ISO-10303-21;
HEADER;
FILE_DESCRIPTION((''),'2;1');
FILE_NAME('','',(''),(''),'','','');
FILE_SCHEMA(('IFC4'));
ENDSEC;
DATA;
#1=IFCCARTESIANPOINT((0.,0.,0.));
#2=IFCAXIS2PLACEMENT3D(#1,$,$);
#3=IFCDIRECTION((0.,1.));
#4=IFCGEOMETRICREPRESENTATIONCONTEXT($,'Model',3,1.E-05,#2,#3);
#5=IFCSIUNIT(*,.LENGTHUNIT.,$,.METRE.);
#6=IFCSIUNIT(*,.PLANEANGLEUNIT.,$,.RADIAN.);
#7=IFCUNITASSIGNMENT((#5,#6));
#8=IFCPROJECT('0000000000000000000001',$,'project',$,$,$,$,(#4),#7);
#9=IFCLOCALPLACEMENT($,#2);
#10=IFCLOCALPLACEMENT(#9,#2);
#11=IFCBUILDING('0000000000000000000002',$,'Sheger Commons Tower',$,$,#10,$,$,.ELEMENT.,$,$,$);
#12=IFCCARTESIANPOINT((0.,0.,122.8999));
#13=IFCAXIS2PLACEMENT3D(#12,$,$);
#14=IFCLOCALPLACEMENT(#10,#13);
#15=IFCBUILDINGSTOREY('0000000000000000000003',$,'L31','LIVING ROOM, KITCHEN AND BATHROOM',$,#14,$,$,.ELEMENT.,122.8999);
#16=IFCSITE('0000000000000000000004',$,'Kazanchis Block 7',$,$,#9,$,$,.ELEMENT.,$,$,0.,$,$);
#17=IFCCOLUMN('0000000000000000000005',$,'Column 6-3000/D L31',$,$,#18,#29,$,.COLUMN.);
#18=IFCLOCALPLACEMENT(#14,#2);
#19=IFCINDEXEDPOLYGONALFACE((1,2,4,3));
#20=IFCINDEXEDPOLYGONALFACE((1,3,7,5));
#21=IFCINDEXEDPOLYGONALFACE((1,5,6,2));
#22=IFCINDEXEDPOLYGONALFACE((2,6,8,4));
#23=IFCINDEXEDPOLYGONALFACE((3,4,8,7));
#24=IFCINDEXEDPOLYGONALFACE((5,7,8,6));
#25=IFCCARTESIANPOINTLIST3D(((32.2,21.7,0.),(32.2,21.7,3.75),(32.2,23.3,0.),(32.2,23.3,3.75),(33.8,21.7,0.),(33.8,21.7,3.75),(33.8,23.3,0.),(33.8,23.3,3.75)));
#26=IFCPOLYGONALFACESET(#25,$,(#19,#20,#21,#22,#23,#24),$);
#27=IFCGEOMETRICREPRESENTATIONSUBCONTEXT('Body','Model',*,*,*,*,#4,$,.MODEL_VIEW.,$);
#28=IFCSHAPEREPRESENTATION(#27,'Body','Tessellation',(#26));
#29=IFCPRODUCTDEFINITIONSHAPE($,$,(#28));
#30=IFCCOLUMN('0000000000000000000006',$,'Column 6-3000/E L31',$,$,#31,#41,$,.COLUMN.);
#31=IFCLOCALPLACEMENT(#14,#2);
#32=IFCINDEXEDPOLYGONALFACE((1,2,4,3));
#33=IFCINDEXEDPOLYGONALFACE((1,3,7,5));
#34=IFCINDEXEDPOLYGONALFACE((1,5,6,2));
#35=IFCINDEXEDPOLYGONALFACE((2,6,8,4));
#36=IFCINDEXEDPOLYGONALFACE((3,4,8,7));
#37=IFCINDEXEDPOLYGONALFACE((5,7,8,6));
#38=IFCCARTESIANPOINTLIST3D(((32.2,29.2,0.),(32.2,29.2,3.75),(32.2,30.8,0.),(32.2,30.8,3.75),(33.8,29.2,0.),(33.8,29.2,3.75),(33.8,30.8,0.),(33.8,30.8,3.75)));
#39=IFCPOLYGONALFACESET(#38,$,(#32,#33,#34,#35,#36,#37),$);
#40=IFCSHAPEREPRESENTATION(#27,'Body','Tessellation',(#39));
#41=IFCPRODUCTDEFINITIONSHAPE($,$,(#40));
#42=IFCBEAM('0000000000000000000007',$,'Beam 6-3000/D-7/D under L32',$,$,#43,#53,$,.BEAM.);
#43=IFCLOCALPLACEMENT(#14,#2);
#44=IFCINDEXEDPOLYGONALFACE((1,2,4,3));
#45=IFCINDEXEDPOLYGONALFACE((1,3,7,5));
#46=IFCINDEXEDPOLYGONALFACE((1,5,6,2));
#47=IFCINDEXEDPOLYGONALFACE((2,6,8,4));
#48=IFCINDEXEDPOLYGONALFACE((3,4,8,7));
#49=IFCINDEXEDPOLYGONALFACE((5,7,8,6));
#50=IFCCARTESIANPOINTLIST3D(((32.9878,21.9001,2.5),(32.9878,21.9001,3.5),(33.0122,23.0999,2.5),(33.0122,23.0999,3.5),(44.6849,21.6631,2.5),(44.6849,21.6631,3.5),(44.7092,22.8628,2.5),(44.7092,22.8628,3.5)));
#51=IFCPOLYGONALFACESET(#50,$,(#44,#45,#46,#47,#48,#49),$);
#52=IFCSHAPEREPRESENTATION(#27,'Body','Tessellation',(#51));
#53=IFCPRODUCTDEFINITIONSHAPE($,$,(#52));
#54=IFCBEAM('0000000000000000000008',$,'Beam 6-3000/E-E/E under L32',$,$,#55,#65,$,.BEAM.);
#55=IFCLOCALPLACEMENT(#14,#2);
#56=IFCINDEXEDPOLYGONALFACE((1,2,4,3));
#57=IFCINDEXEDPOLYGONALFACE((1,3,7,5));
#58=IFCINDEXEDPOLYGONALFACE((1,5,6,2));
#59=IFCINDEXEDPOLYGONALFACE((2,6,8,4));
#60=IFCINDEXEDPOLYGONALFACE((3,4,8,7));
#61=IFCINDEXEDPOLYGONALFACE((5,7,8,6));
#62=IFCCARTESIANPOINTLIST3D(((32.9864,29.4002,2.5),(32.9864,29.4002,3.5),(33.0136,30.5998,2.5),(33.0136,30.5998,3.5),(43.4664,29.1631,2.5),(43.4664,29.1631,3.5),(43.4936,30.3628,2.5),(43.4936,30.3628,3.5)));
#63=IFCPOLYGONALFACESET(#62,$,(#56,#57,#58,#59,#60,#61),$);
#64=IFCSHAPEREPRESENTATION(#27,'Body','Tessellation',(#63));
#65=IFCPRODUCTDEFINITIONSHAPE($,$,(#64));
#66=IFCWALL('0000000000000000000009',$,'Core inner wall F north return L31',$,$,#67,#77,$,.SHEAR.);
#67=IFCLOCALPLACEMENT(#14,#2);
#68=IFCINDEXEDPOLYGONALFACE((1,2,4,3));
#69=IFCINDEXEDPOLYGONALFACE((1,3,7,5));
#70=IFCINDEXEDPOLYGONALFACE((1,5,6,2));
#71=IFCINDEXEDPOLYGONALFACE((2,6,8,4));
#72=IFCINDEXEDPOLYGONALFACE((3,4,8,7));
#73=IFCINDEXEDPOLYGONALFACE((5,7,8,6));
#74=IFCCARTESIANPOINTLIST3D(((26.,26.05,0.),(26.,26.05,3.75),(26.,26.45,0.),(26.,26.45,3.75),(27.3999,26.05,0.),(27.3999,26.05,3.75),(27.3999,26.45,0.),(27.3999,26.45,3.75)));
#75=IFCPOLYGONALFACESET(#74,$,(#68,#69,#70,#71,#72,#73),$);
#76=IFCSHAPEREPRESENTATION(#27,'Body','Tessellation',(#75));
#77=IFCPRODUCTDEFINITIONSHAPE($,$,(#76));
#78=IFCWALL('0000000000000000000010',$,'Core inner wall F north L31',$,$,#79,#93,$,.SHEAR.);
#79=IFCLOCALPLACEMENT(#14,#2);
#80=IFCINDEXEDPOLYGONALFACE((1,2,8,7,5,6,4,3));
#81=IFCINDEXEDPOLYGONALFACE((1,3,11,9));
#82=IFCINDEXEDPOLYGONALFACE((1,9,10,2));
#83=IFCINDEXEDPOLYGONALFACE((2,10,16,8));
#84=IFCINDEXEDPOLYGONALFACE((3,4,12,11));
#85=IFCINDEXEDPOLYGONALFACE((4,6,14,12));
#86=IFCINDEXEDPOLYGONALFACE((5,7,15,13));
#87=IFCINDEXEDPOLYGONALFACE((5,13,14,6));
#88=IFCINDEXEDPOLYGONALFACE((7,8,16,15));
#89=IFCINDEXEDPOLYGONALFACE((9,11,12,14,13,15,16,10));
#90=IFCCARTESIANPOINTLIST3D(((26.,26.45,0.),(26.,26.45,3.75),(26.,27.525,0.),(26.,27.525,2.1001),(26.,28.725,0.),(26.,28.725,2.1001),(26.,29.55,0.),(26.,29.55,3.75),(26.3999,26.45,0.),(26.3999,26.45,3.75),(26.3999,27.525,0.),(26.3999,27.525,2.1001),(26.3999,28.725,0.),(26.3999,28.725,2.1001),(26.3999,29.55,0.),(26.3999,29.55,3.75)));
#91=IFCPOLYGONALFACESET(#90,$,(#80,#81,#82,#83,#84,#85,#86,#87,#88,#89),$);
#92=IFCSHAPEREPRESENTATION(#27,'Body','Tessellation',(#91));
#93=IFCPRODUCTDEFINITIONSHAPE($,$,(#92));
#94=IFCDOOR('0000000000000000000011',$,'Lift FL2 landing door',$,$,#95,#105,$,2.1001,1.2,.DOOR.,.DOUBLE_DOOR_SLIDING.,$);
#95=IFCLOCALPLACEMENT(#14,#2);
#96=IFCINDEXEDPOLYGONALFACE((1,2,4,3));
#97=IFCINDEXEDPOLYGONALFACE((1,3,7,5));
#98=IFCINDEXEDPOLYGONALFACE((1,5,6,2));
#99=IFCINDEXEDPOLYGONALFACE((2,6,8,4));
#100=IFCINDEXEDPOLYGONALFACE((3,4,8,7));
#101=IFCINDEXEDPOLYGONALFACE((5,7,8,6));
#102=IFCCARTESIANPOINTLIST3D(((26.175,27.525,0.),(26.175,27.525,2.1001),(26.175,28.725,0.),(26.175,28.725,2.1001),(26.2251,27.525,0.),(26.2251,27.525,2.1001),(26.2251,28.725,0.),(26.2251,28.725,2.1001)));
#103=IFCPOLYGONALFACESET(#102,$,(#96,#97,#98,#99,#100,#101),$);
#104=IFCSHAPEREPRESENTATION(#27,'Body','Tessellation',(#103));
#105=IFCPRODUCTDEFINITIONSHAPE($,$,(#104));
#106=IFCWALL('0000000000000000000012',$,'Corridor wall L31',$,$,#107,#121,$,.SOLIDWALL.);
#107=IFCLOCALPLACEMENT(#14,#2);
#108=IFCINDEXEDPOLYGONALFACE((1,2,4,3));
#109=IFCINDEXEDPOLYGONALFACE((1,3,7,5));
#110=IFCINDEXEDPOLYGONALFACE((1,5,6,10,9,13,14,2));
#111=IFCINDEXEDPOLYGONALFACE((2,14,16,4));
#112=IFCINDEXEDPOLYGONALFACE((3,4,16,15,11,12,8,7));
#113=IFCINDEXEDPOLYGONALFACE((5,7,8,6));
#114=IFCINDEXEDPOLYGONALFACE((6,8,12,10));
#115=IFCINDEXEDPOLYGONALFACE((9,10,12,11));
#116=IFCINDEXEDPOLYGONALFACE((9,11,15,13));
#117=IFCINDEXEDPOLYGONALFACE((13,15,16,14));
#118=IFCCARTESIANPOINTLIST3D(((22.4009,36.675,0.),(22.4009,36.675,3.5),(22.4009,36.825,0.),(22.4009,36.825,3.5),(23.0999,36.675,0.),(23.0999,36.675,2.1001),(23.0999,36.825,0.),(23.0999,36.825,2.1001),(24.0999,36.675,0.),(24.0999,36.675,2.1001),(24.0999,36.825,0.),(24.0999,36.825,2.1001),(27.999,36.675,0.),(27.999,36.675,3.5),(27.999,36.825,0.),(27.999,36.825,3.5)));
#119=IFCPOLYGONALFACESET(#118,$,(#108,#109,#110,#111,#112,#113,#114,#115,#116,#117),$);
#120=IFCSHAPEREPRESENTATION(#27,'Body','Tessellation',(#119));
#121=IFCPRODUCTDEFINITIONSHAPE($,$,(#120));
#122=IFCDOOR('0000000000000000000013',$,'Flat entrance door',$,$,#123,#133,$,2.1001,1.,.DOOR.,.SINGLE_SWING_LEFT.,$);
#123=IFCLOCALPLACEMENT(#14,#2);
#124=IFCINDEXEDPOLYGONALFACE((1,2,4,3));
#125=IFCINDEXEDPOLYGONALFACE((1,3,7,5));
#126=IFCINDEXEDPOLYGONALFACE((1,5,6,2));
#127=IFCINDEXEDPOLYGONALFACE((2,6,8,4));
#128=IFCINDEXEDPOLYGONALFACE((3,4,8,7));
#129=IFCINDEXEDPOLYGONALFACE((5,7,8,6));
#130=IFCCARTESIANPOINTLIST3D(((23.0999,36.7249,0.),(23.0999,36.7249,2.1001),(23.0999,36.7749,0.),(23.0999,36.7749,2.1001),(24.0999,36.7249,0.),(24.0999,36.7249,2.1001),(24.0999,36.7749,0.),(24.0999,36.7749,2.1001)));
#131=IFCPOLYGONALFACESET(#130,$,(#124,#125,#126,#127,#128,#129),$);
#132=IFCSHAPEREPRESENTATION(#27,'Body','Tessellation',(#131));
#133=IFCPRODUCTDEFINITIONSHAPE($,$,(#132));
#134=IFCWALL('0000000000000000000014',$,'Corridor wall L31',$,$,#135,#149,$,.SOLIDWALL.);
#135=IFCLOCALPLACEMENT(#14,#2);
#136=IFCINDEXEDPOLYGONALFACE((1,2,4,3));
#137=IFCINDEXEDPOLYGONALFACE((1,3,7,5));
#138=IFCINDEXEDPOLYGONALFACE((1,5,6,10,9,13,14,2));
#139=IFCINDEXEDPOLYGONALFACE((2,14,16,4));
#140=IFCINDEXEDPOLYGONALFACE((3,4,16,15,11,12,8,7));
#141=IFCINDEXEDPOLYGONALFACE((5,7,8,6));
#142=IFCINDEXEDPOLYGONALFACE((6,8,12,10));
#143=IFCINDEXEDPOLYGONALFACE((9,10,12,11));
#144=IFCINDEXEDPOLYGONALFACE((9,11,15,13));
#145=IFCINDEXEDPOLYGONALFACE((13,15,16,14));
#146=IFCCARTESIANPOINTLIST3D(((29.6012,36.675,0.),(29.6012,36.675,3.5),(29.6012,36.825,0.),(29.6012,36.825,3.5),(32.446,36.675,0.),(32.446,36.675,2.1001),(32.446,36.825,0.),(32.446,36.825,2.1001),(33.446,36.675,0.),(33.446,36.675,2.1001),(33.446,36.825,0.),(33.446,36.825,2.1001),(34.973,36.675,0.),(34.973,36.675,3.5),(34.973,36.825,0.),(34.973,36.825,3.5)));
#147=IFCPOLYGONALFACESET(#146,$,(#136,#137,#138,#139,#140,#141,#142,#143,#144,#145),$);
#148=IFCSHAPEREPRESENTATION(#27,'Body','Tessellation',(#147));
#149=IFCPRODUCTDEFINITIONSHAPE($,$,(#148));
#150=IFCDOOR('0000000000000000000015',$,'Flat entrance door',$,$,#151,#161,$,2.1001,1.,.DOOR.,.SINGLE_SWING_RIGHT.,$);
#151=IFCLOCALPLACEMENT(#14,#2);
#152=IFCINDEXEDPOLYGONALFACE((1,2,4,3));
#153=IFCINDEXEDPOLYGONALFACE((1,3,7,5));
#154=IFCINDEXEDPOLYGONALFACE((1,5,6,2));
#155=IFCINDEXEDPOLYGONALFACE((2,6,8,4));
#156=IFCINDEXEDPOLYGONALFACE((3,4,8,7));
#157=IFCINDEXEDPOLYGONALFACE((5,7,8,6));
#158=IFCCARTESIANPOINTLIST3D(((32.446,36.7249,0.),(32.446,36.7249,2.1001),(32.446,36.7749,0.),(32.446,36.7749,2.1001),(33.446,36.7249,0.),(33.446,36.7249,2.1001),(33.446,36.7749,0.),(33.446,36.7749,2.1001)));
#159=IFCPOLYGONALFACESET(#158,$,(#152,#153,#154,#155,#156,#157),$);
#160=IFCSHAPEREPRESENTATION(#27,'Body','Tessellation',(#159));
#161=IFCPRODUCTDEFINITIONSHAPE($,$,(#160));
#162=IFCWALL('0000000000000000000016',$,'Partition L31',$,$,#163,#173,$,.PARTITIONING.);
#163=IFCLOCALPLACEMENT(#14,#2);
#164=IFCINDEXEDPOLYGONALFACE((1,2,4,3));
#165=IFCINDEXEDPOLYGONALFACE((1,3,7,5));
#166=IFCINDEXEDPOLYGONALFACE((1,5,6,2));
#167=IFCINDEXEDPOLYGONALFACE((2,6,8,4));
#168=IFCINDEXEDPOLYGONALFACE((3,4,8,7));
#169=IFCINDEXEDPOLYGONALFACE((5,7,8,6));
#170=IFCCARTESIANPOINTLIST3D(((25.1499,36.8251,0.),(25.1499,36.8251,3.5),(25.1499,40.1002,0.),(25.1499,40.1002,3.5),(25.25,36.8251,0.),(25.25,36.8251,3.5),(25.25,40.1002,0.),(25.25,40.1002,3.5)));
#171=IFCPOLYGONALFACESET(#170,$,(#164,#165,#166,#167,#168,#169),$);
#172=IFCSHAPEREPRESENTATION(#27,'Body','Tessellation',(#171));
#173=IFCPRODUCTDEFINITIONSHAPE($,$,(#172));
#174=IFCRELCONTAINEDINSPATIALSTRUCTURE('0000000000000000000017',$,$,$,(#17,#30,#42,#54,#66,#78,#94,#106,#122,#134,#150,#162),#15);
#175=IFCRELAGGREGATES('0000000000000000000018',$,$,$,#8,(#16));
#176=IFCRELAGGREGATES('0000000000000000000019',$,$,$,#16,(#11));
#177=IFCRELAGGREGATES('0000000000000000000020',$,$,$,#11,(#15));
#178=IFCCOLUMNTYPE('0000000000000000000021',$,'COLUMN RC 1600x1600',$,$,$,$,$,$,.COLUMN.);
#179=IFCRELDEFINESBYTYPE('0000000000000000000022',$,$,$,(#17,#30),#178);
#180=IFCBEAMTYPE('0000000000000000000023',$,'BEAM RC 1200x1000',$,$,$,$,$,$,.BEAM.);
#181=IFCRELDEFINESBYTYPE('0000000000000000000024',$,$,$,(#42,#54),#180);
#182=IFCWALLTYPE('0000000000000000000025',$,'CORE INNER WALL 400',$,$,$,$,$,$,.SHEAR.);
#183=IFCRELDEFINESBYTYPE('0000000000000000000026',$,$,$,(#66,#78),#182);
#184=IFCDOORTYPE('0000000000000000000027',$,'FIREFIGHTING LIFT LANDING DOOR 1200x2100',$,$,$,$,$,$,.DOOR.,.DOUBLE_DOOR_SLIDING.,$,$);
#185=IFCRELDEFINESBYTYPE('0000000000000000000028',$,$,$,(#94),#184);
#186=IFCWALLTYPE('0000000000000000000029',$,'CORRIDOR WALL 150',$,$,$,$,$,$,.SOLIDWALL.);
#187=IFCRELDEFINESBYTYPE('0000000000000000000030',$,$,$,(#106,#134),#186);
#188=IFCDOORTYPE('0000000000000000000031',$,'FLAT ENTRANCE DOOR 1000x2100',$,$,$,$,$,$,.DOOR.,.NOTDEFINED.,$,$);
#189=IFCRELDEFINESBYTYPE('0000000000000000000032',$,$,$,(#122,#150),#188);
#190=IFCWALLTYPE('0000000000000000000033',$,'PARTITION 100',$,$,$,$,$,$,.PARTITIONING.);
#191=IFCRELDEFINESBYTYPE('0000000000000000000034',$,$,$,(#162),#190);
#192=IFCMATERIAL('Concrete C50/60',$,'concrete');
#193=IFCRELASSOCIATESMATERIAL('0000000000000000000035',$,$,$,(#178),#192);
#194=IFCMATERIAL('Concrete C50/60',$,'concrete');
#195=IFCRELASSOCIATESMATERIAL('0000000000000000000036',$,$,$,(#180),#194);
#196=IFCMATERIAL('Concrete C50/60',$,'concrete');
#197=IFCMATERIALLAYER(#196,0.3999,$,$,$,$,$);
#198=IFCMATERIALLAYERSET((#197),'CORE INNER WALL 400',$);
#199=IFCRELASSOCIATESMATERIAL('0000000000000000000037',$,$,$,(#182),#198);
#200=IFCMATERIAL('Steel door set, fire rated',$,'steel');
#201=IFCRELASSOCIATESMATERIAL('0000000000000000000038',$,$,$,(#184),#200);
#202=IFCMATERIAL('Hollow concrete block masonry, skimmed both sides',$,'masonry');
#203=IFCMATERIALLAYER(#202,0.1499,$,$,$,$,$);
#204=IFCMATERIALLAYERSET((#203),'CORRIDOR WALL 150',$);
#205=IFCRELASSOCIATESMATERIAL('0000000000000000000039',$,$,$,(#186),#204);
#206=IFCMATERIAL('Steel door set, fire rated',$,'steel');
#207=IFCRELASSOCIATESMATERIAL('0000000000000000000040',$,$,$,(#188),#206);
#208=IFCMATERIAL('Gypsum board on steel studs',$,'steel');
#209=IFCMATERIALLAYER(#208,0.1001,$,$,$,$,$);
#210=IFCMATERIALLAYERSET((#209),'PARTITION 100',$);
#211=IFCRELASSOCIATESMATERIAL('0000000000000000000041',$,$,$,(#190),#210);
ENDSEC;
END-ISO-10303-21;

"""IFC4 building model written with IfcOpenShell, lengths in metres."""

from ifc_helpers import new_model, si_unit, direction, frame, frame_2d, origin, origin_2d, place, context, subcontext, project, spatial, rectangle, extrude, material, layer, layer_set, material_profile, profile_set, type_object, element, fill, save


model = new_model("IFC4")

# Units and contexts
model_context = context("Model", 3, precision=1e-05, world=origin(), true_north=direction((0.0, 1.0)))
body_context = subcontext(model_context, "Body", "Model", "MODEL_VIEW")
ifc_project = project(units=[si_unit("LENGTHUNIT", "METRE"), si_unit("PLANEANGLEUNIT", "RADIAN")], contexts=[model_context])

# Site, building, storey
site_placement = place(None, origin())
site = spatial("IfcSite", under=ifc_project, at=site_placement, Name="Kazanchis Block 7", CompositionType="ELEMENT", RefElevation=0.0)
building_placement = place(site_placement, origin())
building = spatial("IfcBuilding", under=site, at=building_placement, Name="Sheger Commons Tower", CompositionType="ELEMENT")
storey_placement = place(building_placement, frame((0.0, 0.0, 122.8999)))
storey = spatial("IfcBuildingStorey", under=building, at=storey_placement, Name="L31", Description="LIVING ROOM, KITCHEN AND BATHROOM", CompositionType="ELEMENT", Elevation=122.8999)

# Columns
ifc_material_1 = material(Name="Concrete C50/60", Category="concrete")
ifc_material_profile_1 = material_profile(ifc_material_1, rectangle(XDim=1.6001, YDim=1.6001, at=origin_2d()), Name="RC 1600x1600")
ifc_profile_set_1 = profile_set([ifc_material_profile_1], Name="Concrete C50/60")
column_type = type_object("IfcColumnType", Name="COLUMN RC 1600x1600", PredefinedType="COLUMN", material=ifc_profile_set_1)
for number, where, z_axis, x_axis, name in (
    (1, (33.0, 22.5, 0.0), (0.0, 0.0, 1.0), (1.0, 0.0, 0.0), "Column 6-3000/D L31"),
    (2, (33.0, 30.0, 0.0), (0.0, 0.0, 1.0), (1.0, 0.0, 0.0), "Column 6-3000/E L31"),
):
    element("IfcColumn", number, at=place(storey_placement, frame(where, z_axis=z_axis, x_axis=x_axis)), inside=storey, type_object=column_type, Name=name, PredefinedType="COLUMN", context=body_context, shape_type="SweptSolid", body=[
        extrude(rectangle(XDim=1.6001, YDim=1.6001, at=origin_2d()), origin(), (0.0, 0.0, 1.0), 3.75),
    ])

# Beams
ifc_material_2 = material(Name="Concrete C50/60", Category="concrete")
ifc_material_profile_2 = material_profile(ifc_material_2, rectangle(XDim=1.2, YDim=1.0, at=origin_2d()), Name="RC 1200x1000")
ifc_profile_set_2 = profile_set([ifc_material_profile_2], Name="Concrete C50/60")
beam_type = type_object("IfcBeamType", Name="BEAM RC 1200x1000", PredefinedType="BEAM", material=ifc_profile_set_2)
beam_1_placement = place(storey_placement, frame((33.0, 22.5, 3.0), z_axis=(0.999795, -0.020263, 0.0), x_axis=(0.020263, 0.999795, 0.0)))
element("IfcBeam", 3, at=beam_1_placement, inside=storey, type_object=beam_type, Name="Beam 6-3000/D-7/D under L32", PredefinedType="BEAM", context=body_context, shape_type="SweptSolid", body=[
    extrude(rectangle(XDim=1.2, YDim=1.0, at=origin_2d()), origin(), (0.0, 0.0, 1.0), 11.6995),
])
beam_2_placement = place(storey_placement, frame((33.0, 30.0, 3.0), z_axis=(0.999744, -0.022615, 0.0), x_axis=(0.022615, 0.999744, 0.0)))
element("IfcBeam", 4, at=beam_2_placement, inside=storey, type_object=beam_type, Name="Beam 6-3000/E-E/E under L32", PredefinedType="BEAM", context=body_context, shape_type="SweptSolid", body=[
    extrude(rectangle(XDim=1.2, YDim=1.0, at=origin_2d()), origin(), (0.0, 0.0, 1.0), 10.4827),
])

# Wall
ifc_material_3 = material(Name="Concrete C50/60", Category="concrete")
ifc_layer_1 = layer(ifc_material_3, 0.3999)
ifc_layer_set_1 = layer_set([ifc_layer_1], Name="CORE INNER WALL 400")
wall_type_1 = type_object("IfcWallType", Name="CORE INNER WALL 400", PredefinedType="SHEAR", material=ifc_layer_set_1)
wall_1_placement = place(storey_placement, frame((26.0, 26.25, 0.0), z_axis=(0.0, 0.0, 1.0), x_axis=(1.0, 0.0, 0.0)))
element("IfcWall", 5, at=wall_1_placement, inside=storey, type_object=wall_type_1, Name="Core inner wall F north return L31", PredefinedType="SHEAR", context=body_context, shape_type="SweptSolid", body=[
    extrude(rectangle(XDim=1.3999, YDim=0.3999, at=frame_2d((0.7, 0.0))), origin(), (0.0, 0.0, 1.0), 3.75),
])

# Walls, openings, doors
wall_2_placement = place(storey_placement, frame((26.2, 26.45, 0.0), z_axis=(0.0, 0.0, 1.0), x_axis=(0.0, 1.0, 0.0)))
wall_2 = element("IfcWall", 6, at=wall_2_placement, inside=storey, type_object=wall_type_1, Name="Core inner wall F north L31", PredefinedType="SHEAR", context=body_context, shape_type="SweptSolid", body=[
    extrude(rectangle(XDim=3.1001, YDim=0.3999, at=frame_2d((1.55, 0.0))), origin(), (0.0, 0.0, 1.0), 3.75),
])
opening_1_placement = place(wall_2_placement, frame((1.075, 0.0, 0.0)))
opening_1 = element("IfcOpeningElement", 7, at=opening_1_placement, cuts=wall_2, PredefinedType="OPENING", context=body_context, shape_type="SweptSolid", body=[
    extrude(rectangle(XDim=1.2, YDim=2.1001, at=frame_2d((0.6001, 1.05))), frame((0.0, 0.21, 0.0), z_axis=(0.0, -1.0, 0.0), x_axis=(1.0, 0.0, 0.0)), (0.0, 0.0, 1.0), 0.4199),
])
ifc_material_4 = material(Name="Steel door set, fire rated", Category="steel")
door_type_1 = type_object("IfcDoorType", Name="FIREFIGHTING LIFT LANDING DOOR 1200x2100", OperationType="DOUBLE_DOOR_SLIDING", PredefinedType="DOOR", material=ifc_material_4)
door_1_placement = place(opening_1_placement, origin())
door_1 = element("IfcDoor", 8, at=door_1_placement, inside=storey, type_object=door_type_1, Name="Lift FL2 landing door", OperationType="DOUBLE_DOOR_SLIDING", OverallHeight=2.1001, OverallWidth=1.2, PredefinedType="DOOR", context=body_context, shape_type="SweptSolid", body=[
    extrude(rectangle(XDim=1.2, YDim=2.1001, at=frame_2d((0.6001, 1.05))), frame((0.0, 0.0249, 0.0), z_axis=(0.0, -1.0, 0.0), x_axis=(1.0, 0.0, 0.0)), (0.0, 0.0, 1.0), 0.05),
])
fill(opening_1, door_1)
ifc_material_5 = material(Name="Hollow concrete block masonry, skimmed both sides", Category="masonry")
ifc_layer_2 = layer(ifc_material_5, 0.1499)
ifc_layer_set_2 = layer_set([ifc_layer_2], Name="CORRIDOR WALL 150")
wall_type_2 = type_object("IfcWallType", Name="CORRIDOR WALL 150", PredefinedType="SOLIDWALL", material=ifc_layer_set_2)
wall_3_placement = place(storey_placement, frame((22.4009, 36.75, 0.0), z_axis=(0.0, 0.0, 1.0), x_axis=(1.0, 0.0, 0.0)))
wall_3 = element("IfcWall", 9, at=wall_3_placement, inside=storey, type_object=wall_type_2, Name="Corridor wall L31", PredefinedType="SOLIDWALL", context=body_context, shape_type="SweptSolid", body=[
    extrude(rectangle(XDim=5.5981, YDim=0.1499, at=frame_2d((2.7991, 0.0))), origin(), (0.0, 0.0, 1.0), 3.5),
])
opening_2_placement = place(wall_3_placement, frame((0.699, 0.0, 0.0)))
opening_2 = element("IfcOpeningElement", 10, at=opening_2_placement, cuts=wall_3, PredefinedType="OPENING", context=body_context, shape_type="SweptSolid", body=[
    extrude(rectangle(XDim=1.0, YDim=2.1001, at=frame_2d((0.5, 1.05))), frame((0.0, 0.085, 0.0), z_axis=(0.0, -1.0, 0.0), x_axis=(1.0, 0.0, 0.0)), (0.0, 0.0, 1.0), 0.1699),
])
ifc_material_6 = material(Name="Steel door set, fire rated", Category="steel")
door_type_2 = type_object("IfcDoorType", Name="FLAT ENTRANCE DOOR 1000x2100", OperationType="NOTDEFINED", PredefinedType="DOOR", material=ifc_material_6)
door_2_placement = place(opening_2_placement, origin())
door_2 = element("IfcDoor", 11, at=door_2_placement, inside=storey, type_object=door_type_2, Name="Flat entrance door", OperationType="SINGLE_SWING_LEFT", OverallHeight=2.1001, OverallWidth=1.0, PredefinedType="DOOR", context=body_context, shape_type="SweptSolid", body=[
    extrude(rectangle(XDim=1.0, YDim=2.1001, at=frame_2d((0.5, 1.05))), frame((0.0, 0.0249, 0.0), z_axis=(0.0, -1.0, 0.0), x_axis=(1.0, 0.0, 0.0)), (0.0, 0.0, 1.0), 0.05),
])
fill(opening_2, door_2)
wall_4_placement = place(storey_placement, frame((29.6011, 36.75, 0.0), z_axis=(0.0, 0.0, 1.0), x_axis=(1.0, 0.0, 0.0)))
wall_4 = element("IfcWall", 12, at=wall_4_placement, inside=storey, type_object=wall_type_2, Name="Corridor wall L31", PredefinedType="SOLIDWALL", context=body_context, shape_type="SweptSolid", body=[
    extrude(rectangle(XDim=5.3718, YDim=0.1499, at=frame_2d((2.686, 0.0))), origin(), (0.0, 0.0, 1.0), 3.5),
])
opening_3_placement = place(wall_4_placement, frame((2.845, 0.0, 0.0)))
opening_3 = element("IfcOpeningElement", 13, at=opening_3_placement, cuts=wall_4, PredefinedType="OPENING", context=body_context, shape_type="SweptSolid", body=[
    extrude(rectangle(XDim=1.0, YDim=2.1001, at=frame_2d((0.5, 1.05))), frame((0.0, 0.085, 0.0), z_axis=(0.0, -1.0, 0.0), x_axis=(1.0, 0.0, 0.0)), (0.0, 0.0, 1.0), 0.1699),
])
door_3_placement = place(opening_3_placement, origin())
door_3 = element("IfcDoor", 14, at=door_3_placement, inside=storey, type_object=door_type_2, Name="Flat entrance door", OperationType="SINGLE_SWING_RIGHT", OverallHeight=2.1001, OverallWidth=1.0, PredefinedType="DOOR", context=body_context, shape_type="SweptSolid", body=[
    extrude(rectangle(XDim=1.0, YDim=2.1001, at=frame_2d((0.5, 1.05))), frame((0.0, 0.0249, 0.0), z_axis=(0.0, -1.0, 0.0), x_axis=(1.0, 0.0, 0.0)), (0.0, 0.0, 1.0), 0.05),
])
fill(opening_3, door_3)

# Wall
ifc_material_7 = material(Name="Gypsum board on steel studs", Category="steel")
ifc_layer_3 = layer(ifc_material_7, 0.1001)
ifc_layer_set_3 = layer_set([ifc_layer_3], Name="PARTITION 100")
wall_type_3 = type_object("IfcWallType", Name="PARTITION 100", PredefinedType="PARTITIONING", material=ifc_layer_set_3)
for number, where, z_axis, x_axis, name in (
    (15, (25.2, 36.825, 0.0), (0.0, 0.0, 1.0), (0.0, 1.0, 0.0), "Partition L31"),
):
    element("IfcWall", number, at=place(storey_placement, frame(where, z_axis=z_axis, x_axis=x_axis)), inside=storey, type_object=wall_type_3, Name=name, PredefinedType="PARTITIONING", context=body_context, shape_type="SweptSolid", body=[
        extrude(rectangle(XDim=3.2751, YDim=0.1001, at=frame_2d((1.6377, 0.0))), origin(), (0.0, 0.0, 1.0), 3.5),
    ])

save(model, "model.ifc")
